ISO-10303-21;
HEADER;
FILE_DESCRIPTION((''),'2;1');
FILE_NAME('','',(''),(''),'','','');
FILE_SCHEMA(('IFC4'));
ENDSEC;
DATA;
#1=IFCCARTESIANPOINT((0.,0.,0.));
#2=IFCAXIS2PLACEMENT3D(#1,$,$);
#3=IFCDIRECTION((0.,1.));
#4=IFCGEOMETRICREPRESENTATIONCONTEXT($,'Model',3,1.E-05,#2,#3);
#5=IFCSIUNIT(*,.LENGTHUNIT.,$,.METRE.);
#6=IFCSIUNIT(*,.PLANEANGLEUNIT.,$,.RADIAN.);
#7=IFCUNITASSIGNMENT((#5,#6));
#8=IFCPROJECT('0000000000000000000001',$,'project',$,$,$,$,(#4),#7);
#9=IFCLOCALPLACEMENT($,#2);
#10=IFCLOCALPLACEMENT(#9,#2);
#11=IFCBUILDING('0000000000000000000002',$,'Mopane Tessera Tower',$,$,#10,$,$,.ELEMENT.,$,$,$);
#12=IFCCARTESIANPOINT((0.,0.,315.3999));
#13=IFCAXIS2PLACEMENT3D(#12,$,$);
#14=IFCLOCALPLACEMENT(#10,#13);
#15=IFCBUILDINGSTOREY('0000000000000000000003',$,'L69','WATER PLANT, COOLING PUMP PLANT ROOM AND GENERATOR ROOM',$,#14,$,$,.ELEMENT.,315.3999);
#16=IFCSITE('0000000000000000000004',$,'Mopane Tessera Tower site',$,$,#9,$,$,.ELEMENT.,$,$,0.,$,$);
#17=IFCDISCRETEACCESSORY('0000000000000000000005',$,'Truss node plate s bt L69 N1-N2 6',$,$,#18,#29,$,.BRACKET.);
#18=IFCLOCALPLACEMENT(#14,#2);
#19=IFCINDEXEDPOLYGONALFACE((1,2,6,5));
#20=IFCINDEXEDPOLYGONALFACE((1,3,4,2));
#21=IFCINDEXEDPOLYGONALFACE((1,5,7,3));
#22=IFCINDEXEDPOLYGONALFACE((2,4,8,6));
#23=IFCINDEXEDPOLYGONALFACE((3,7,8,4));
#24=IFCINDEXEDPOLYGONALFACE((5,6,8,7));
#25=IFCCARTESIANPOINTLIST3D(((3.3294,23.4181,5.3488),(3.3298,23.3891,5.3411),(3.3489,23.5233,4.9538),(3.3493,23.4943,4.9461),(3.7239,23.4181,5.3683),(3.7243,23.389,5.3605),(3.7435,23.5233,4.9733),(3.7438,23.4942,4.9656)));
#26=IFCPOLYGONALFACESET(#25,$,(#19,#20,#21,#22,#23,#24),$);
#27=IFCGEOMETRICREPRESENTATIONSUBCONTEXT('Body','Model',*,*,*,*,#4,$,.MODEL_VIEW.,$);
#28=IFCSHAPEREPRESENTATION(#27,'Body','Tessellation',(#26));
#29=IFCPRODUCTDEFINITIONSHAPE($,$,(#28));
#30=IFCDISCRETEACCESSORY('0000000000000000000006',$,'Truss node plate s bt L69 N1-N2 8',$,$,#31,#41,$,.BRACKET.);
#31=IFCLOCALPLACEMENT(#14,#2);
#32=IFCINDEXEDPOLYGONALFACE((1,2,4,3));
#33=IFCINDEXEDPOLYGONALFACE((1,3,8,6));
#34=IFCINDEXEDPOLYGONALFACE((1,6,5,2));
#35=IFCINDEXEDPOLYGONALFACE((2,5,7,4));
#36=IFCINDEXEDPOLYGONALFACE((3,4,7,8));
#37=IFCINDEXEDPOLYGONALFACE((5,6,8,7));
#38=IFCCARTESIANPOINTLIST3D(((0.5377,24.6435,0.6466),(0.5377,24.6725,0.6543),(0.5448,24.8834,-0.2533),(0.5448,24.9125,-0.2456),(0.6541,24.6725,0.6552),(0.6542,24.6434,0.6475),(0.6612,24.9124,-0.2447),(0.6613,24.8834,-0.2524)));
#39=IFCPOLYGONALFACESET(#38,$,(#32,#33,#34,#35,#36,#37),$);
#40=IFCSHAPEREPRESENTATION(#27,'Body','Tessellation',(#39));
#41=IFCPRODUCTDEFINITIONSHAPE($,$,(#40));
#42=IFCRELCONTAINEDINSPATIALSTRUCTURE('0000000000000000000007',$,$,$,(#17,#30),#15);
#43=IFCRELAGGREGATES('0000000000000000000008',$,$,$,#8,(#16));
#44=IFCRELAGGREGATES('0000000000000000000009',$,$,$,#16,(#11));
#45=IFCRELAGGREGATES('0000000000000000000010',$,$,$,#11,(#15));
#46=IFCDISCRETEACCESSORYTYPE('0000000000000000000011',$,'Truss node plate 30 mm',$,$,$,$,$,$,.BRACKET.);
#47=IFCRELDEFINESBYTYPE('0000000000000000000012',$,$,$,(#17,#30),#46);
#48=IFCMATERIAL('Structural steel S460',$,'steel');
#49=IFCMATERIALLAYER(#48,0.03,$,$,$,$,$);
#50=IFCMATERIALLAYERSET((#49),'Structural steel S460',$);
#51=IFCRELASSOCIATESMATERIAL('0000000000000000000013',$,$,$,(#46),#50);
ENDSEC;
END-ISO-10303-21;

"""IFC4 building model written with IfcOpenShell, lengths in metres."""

from ifc_helpers import new_model, si_unit, direction, frame, origin, origin_2d, place, context, subcontext, project, spatial, rectangle, extrude, material, layer, layer_set, type_object, element, save


model = new_model("IFC4")

# Units and contexts
model_context = context("Model", 3, precision=1e-05, world=origin(), true_north=direction((0.0, 1.0)))
body_context = subcontext(model_context, "Body", "Model", "MODEL_VIEW")
ifc_project = project(units=[si_unit("LENGTHUNIT", "METRE"), si_unit("PLANEANGLEUNIT", "RADIAN")], contexts=[model_context])

# Site, building, storey
site_placement = place(None, origin())
site = spatial("IfcSite", under=ifc_project, at=site_placement, Name="Mopane Tessera Tower site", CompositionType="ELEMENT", RefElevation=0.0)
building_placement = place(site_placement, origin())
building = spatial("IfcBuilding", under=site, at=building_placement, Name="Mopane Tessera Tower", CompositionType="ELEMENT")
storey_placement = place(building_placement, frame((0.0, 0.0, 315.3999)))
storey = spatial("IfcBuildingStorey", under=building, at=storey_placement, Name="L69", Description="WATER PLANT, COOLING PUMP PLANT ROOM AND GENERATOR ROOM", CompositionType="ELEMENT", Elevation=315.3999)

# Discrete accessories
ifc_material_1 = material(Name="Structural steel S460", Category="steel")
ifc_layer_1 = layer(ifc_material_1, 0.03)
ifc_layer_set_1 = layer_set([ifc_layer_1], Name="Structural steel S460")
discrete_accessory_type_1 = type_object("IfcDiscreteAccessoryType", Name="Truss node plate 30 mm", PredefinedType="BRACKET", material=ifc_layer_set_1)
discrete_accessory_1_placement = place(storey_placement, frame((3.5464, 23.5088, 4.9597), z_axis=(-0.047723, -0.257109, 0.965203), x_axis=(0.012463, -0.966382, -0.256807)))
element("IfcDiscreteAccessory", 1, at=discrete_accessory_1_placement, inside=storey, type_object=discrete_accessory_type_1, Name="Truss node plate s bt L69 N1-N2 6", PredefinedType="BRACKET", context=body_context, shape_type="SweptSolid", body=[
    extrude(rectangle(XDim=0.03, YDim=0.395, at=origin_2d()), origin(), (0.0, 0.0, 1.0), 0.4092),
])
discrete_accessory_2_placement = place(storey_placement, frame((0.603, 24.8979, -0.249), z_axis=(-0.007602, -0.257672, 0.966203), x_axis=(0.001902, -0.966233, -0.257665)))
element("IfcDiscreteAccessory", 2, at=discrete_accessory_2_placement, inside=storey, type_object=discrete_accessory_type_1, Name="Truss node plate s bt L69 N1-N2 8", PredefinedType="BRACKET", context=body_context, shape_type="SweptSolid", body=[
    extrude(rectangle(XDim=0.03, YDim=0.1165, at=origin_2d()), origin(), (0.0, 0.0, 1.0), 0.9314),
])

save(model, "model.ifc")
